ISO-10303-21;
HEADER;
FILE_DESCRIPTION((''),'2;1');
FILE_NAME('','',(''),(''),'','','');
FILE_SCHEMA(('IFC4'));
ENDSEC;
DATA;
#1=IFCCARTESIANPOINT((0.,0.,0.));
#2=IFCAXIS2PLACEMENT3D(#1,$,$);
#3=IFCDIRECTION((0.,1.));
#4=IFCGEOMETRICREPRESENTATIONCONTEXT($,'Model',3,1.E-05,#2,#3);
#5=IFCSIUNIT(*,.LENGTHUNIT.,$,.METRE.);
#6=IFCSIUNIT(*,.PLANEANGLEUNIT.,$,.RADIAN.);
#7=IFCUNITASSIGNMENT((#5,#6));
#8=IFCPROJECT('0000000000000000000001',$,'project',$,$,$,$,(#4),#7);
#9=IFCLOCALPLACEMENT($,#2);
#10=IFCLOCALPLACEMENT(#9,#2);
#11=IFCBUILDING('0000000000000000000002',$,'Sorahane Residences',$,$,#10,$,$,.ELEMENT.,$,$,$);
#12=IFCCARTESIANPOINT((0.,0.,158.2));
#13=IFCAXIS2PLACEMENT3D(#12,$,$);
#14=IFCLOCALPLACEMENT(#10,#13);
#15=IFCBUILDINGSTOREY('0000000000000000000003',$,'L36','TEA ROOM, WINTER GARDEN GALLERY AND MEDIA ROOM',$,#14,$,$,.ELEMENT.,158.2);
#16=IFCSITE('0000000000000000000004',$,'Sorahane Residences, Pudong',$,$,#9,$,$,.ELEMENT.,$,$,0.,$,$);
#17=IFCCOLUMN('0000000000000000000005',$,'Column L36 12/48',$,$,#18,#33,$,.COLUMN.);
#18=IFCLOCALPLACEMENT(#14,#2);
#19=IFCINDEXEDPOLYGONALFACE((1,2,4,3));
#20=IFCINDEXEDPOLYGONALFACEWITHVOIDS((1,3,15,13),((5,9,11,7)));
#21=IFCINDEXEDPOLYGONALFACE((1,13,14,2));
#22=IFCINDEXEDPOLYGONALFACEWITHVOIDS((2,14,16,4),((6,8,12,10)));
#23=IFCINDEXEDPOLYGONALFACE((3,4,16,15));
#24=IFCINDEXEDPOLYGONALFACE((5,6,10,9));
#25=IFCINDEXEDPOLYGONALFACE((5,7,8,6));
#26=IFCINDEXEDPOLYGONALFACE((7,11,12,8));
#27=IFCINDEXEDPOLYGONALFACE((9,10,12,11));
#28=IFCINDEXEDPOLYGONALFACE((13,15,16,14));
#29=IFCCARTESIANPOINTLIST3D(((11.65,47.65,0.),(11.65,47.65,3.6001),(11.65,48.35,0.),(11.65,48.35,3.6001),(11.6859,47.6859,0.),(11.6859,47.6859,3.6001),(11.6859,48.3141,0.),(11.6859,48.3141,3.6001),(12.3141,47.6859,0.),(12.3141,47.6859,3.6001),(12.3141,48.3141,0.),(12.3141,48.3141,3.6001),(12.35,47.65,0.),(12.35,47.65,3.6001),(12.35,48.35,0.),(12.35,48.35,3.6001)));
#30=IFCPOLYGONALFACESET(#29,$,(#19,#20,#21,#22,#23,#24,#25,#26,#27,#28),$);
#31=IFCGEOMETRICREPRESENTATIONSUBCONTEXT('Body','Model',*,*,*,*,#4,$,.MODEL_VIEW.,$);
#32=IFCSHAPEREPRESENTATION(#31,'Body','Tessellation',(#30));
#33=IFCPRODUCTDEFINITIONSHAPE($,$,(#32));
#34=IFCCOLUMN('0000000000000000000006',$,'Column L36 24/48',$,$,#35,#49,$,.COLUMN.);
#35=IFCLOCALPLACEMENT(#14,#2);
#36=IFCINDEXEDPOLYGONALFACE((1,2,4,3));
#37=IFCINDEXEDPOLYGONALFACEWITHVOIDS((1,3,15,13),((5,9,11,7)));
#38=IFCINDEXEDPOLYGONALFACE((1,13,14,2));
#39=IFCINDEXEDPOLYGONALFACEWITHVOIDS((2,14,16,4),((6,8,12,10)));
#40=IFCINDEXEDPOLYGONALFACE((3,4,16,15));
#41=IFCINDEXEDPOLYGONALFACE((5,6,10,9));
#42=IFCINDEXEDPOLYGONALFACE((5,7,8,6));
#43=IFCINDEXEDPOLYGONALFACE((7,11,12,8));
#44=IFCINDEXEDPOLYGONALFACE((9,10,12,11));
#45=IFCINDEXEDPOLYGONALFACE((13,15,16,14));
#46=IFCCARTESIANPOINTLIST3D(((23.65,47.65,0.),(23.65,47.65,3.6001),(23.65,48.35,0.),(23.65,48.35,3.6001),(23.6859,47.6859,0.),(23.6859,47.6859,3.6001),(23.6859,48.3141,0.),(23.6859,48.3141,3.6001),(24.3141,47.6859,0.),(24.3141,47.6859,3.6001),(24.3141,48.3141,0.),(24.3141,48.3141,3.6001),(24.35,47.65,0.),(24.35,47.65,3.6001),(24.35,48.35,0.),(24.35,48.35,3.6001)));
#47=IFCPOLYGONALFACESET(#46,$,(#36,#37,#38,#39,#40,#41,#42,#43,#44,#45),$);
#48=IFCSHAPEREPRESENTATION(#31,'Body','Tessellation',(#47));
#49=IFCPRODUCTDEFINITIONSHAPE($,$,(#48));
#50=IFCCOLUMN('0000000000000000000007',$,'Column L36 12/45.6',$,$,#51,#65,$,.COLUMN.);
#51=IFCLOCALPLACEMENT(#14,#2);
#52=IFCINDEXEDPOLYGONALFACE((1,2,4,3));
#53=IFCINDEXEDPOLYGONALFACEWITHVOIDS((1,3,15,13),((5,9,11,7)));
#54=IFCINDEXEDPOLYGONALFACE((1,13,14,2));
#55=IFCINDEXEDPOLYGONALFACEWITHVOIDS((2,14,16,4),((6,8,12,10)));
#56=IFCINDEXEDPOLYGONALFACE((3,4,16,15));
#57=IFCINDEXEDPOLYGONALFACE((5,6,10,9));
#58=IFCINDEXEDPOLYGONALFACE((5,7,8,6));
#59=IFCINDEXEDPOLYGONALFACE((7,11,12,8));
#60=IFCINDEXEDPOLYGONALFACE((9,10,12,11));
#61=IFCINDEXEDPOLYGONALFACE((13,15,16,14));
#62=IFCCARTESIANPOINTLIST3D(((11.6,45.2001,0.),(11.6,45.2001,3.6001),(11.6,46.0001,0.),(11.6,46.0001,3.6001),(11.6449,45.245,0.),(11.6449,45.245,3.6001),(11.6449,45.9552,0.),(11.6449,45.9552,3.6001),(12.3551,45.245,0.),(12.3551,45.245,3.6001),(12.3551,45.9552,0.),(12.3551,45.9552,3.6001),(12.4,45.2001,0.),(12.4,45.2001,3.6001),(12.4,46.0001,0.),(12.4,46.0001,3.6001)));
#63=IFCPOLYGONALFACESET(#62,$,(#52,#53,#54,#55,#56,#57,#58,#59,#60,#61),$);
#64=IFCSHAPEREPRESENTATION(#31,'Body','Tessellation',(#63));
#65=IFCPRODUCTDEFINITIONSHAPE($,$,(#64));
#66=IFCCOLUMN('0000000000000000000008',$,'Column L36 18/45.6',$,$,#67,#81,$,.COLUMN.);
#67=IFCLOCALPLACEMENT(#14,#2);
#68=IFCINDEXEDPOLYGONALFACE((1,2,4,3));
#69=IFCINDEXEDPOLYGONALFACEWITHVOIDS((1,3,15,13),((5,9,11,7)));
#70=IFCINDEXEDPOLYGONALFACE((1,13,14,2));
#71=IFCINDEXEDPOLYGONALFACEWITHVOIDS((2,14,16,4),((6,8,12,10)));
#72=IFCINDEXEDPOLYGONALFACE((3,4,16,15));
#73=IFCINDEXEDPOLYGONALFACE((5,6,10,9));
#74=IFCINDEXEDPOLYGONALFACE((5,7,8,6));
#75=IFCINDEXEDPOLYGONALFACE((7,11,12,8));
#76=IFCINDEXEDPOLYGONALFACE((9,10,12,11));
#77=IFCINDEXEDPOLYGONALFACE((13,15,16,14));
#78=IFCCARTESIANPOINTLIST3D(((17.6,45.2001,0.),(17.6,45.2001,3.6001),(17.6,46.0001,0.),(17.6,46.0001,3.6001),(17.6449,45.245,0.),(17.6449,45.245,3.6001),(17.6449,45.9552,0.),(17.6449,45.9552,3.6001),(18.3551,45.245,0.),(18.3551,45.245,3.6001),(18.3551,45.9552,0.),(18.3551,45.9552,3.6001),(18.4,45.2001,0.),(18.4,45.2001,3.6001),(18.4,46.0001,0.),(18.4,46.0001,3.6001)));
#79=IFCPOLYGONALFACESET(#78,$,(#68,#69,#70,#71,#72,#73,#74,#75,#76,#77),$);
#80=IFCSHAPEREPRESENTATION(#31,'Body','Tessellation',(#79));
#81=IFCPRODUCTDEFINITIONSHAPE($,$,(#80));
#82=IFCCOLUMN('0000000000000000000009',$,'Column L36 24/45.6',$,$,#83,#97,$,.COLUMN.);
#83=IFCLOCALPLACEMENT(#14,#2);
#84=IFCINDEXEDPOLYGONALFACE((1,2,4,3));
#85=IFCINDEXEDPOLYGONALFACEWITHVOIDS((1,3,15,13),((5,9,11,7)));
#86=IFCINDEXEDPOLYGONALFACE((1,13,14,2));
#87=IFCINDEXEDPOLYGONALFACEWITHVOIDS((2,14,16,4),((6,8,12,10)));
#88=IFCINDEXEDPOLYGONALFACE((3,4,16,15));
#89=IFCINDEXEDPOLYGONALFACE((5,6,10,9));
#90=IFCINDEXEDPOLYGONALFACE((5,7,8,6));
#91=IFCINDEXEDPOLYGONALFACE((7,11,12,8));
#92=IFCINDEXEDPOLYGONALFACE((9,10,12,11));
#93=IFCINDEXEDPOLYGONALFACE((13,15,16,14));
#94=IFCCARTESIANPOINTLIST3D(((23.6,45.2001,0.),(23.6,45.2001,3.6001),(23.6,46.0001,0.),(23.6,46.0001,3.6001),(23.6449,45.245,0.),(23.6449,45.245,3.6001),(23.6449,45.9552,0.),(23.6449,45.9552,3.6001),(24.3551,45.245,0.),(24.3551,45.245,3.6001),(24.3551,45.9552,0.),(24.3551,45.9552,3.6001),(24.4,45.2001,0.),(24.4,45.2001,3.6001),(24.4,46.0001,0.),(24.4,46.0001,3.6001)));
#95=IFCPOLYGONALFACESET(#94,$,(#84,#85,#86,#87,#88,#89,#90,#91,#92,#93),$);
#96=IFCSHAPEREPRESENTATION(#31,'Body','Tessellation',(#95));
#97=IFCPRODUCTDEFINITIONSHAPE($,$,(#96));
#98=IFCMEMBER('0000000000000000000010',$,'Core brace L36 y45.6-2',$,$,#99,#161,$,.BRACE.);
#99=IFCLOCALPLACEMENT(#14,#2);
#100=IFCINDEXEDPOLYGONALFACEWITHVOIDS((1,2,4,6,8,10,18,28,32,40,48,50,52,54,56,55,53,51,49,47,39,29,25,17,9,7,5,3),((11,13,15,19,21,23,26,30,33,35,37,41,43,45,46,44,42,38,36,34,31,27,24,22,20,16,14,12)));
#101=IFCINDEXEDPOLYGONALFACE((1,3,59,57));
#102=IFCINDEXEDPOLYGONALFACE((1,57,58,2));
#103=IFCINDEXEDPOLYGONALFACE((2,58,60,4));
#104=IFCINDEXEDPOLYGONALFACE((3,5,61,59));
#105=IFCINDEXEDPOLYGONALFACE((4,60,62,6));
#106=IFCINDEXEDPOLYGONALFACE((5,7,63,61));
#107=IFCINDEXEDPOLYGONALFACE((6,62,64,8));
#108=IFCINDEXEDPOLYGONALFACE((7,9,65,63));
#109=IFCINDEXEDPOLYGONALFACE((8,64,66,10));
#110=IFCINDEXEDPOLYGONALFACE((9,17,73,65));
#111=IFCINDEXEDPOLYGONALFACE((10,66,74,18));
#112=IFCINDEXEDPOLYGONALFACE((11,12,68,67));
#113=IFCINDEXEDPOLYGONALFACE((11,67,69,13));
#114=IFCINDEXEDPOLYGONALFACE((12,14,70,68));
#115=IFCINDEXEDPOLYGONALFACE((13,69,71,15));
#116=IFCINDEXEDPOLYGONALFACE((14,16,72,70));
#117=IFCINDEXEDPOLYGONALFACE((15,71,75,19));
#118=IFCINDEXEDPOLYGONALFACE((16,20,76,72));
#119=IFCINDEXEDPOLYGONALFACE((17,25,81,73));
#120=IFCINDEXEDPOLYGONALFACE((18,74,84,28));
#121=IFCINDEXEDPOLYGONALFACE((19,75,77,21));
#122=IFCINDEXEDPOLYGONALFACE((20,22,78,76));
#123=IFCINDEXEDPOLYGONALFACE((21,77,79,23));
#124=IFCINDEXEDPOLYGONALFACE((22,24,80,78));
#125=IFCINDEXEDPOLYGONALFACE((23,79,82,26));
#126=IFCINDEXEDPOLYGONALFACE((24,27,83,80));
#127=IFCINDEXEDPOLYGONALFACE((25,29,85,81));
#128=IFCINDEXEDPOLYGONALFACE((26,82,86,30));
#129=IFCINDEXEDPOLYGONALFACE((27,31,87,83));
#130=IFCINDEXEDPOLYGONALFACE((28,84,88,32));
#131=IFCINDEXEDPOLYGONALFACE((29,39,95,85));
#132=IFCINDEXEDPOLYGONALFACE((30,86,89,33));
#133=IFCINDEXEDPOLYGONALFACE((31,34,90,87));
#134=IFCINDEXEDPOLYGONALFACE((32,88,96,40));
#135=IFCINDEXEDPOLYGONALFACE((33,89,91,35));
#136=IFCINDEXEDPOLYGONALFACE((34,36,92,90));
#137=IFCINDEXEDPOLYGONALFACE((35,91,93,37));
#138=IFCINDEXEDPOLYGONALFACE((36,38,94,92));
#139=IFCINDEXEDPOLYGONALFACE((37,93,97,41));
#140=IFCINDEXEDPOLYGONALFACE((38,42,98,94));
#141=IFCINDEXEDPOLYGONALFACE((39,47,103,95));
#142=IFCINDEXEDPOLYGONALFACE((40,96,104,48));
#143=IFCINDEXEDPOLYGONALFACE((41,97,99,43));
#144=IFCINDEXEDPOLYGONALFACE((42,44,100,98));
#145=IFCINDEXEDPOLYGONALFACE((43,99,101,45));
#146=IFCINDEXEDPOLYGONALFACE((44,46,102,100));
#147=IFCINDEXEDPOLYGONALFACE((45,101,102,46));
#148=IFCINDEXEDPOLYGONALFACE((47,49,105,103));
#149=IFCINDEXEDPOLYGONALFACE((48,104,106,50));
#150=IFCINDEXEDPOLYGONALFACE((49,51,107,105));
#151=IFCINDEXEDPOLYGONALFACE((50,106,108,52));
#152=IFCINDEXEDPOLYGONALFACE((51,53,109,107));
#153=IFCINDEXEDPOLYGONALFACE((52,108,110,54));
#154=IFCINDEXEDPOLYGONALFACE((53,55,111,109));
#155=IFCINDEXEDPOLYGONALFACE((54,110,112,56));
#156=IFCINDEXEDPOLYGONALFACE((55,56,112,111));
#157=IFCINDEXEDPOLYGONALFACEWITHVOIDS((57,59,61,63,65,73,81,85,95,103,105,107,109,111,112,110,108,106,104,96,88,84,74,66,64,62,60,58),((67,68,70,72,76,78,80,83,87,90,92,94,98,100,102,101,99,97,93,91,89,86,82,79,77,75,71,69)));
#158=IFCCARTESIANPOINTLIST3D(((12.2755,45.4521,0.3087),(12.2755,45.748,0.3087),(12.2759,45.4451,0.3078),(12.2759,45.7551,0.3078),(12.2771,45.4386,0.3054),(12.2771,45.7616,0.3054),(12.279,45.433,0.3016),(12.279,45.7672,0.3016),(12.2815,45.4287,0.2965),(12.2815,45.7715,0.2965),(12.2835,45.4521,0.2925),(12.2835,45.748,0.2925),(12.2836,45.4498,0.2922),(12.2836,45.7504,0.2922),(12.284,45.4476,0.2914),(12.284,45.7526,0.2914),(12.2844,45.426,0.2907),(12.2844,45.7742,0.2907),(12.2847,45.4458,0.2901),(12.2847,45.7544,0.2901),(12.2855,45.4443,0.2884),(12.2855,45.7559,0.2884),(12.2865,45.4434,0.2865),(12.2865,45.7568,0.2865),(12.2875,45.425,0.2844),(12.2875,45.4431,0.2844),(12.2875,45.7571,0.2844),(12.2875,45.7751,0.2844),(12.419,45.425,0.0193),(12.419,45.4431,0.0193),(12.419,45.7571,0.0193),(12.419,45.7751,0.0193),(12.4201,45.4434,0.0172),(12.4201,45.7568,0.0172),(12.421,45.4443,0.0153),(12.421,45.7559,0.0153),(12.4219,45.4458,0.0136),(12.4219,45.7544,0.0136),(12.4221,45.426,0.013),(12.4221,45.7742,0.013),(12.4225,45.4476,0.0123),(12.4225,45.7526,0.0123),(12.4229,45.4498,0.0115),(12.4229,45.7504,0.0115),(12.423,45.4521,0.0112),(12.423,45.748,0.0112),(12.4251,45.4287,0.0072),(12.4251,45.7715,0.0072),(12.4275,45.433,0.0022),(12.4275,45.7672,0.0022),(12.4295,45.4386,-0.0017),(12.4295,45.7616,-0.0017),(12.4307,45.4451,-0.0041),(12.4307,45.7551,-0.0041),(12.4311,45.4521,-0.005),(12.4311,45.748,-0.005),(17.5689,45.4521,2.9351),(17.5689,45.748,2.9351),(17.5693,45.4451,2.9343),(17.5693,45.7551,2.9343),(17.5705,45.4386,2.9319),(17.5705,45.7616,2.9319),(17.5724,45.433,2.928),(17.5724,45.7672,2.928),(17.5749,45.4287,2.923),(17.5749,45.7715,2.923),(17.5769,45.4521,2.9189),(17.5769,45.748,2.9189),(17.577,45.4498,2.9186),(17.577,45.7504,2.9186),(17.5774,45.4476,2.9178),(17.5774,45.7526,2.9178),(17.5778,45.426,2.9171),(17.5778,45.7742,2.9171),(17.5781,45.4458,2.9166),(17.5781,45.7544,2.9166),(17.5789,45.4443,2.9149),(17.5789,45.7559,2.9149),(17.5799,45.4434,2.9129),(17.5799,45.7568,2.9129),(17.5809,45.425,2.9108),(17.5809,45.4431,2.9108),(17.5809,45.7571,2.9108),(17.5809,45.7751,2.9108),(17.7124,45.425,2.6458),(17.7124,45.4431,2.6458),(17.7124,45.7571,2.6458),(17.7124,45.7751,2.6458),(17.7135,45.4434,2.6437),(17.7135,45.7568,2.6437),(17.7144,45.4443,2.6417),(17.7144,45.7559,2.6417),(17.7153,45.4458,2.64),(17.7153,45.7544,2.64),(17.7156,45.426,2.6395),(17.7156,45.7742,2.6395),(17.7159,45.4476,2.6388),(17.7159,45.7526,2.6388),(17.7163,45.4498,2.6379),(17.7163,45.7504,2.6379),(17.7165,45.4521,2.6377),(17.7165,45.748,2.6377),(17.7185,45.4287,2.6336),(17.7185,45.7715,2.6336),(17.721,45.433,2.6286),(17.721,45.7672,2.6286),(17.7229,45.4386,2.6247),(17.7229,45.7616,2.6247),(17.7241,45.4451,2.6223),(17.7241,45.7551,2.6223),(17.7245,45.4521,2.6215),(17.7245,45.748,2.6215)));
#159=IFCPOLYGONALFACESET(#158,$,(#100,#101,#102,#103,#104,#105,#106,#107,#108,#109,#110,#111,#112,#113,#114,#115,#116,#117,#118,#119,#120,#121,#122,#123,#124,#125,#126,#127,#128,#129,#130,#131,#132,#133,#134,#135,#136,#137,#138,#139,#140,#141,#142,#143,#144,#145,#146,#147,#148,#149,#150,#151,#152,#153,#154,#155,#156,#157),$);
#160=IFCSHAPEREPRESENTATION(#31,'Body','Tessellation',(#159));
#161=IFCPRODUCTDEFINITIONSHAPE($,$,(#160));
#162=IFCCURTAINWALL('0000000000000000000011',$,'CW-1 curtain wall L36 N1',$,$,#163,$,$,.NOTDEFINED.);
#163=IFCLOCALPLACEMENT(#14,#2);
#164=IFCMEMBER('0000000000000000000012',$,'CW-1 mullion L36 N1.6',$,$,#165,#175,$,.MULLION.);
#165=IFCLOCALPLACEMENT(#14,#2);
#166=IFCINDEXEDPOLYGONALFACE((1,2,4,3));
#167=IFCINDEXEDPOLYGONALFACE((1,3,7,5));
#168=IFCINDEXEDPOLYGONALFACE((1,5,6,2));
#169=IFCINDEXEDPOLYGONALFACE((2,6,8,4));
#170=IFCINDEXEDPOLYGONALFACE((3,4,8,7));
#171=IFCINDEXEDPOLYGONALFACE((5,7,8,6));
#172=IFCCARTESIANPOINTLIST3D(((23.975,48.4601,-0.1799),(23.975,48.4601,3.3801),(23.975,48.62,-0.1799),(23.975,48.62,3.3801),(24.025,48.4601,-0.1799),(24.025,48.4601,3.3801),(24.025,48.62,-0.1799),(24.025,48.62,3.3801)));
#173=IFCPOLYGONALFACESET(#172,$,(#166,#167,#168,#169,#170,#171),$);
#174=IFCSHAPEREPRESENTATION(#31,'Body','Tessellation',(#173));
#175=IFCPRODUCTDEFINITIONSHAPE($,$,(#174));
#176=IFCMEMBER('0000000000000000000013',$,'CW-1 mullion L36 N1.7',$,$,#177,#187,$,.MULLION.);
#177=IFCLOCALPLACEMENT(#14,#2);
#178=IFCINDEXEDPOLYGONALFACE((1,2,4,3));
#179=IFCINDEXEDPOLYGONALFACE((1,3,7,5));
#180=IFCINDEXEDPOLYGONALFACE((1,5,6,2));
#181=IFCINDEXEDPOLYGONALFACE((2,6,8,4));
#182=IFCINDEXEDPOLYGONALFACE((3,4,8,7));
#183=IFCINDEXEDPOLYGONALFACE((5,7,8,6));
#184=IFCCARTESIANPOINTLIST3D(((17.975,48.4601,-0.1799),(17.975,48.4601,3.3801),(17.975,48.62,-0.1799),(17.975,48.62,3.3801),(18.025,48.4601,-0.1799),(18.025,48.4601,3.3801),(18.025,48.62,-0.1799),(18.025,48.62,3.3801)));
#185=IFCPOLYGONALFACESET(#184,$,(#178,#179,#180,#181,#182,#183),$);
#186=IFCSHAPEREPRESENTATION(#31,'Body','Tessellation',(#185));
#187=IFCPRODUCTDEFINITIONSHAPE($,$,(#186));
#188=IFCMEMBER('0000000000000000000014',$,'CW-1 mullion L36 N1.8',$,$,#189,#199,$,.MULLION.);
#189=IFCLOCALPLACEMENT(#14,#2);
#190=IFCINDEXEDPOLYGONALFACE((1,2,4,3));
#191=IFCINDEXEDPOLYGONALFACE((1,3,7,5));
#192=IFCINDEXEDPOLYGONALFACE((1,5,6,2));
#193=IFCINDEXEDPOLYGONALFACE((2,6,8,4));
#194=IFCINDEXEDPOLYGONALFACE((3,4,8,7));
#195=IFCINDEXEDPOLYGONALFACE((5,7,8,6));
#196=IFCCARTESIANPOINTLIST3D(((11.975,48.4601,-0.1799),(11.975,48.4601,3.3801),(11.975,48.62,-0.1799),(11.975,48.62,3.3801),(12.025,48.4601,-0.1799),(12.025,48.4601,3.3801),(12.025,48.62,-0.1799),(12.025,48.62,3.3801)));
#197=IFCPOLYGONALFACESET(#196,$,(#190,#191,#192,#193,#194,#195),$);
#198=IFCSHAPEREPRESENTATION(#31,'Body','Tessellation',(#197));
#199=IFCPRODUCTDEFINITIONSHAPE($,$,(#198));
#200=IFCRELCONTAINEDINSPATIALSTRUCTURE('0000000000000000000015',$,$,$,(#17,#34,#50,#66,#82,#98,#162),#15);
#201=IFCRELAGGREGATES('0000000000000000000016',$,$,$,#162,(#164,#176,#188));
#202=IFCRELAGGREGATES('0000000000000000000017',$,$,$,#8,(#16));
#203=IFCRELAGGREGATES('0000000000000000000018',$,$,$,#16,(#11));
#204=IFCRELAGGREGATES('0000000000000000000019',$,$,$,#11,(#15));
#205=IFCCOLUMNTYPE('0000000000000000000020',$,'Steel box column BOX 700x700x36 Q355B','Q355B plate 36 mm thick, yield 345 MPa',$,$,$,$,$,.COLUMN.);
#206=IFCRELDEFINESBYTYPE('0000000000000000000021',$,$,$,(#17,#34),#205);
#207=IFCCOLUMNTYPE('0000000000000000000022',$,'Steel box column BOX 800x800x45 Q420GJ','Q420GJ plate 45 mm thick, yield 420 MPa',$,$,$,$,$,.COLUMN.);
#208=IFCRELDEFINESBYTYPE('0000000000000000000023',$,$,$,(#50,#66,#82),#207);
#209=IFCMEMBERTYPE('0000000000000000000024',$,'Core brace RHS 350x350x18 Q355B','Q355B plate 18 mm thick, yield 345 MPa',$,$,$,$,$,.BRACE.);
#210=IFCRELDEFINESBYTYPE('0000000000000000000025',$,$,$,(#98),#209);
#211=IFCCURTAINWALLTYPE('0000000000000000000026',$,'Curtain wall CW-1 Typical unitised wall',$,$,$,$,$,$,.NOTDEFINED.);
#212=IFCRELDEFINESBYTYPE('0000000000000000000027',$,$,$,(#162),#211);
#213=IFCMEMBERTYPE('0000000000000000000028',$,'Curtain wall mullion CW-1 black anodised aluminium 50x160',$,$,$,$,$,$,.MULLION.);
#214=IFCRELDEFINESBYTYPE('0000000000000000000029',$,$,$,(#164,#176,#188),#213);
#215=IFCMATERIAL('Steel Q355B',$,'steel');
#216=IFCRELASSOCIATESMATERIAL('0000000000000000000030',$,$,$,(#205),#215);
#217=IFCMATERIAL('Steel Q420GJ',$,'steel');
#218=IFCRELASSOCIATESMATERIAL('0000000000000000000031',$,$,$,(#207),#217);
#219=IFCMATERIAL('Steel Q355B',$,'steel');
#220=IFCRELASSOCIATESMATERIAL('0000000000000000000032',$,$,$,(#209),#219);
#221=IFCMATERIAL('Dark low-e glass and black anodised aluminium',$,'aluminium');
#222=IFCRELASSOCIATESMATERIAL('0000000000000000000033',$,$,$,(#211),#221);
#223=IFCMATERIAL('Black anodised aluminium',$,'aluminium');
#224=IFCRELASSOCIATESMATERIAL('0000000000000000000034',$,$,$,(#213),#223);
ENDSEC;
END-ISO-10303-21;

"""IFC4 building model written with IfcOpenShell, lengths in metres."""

from ifc_helpers import new_model, si_unit, direction, frame, origin, origin_2d, place, context, subcontext, project, spatial, rectangle, hollow_rectangle, extrude, material, material_profile, profile_set, type_object, element, aggregate, save


model = new_model("IFC4")

# Units and contexts
model_context = context("Model", 3, precision=1e-05, world=origin(), true_north=direction((0.0, 1.0)))
body_context = subcontext(model_context, "Body", "Model", "MODEL_VIEW")
ifc_project = project(units=[si_unit("LENGTHUNIT", "METRE"), si_unit("PLANEANGLEUNIT", "RADIAN")], contexts=[model_context])

# Site, building, storey
site_placement = place(None, origin())
site = spatial("IfcSite", under=ifc_project, at=site_placement, Name="Sorahane Residences, Pudong", CompositionType="ELEMENT", RefElevation=0.0)
building_placement = place(site_placement, origin())
building = spatial("IfcBuilding", under=site, at=building_placement, Name="Sorahane Residences", CompositionType="ELEMENT")
storey_placement = place(building_placement, frame((0.0, 0.0, 158.2)))
storey = spatial("IfcBuildingStorey", under=building, at=storey_placement, Name="L36", Description="TEA ROOM, WINTER GARDEN GALLERY AND MEDIA ROOM", CompositionType="ELEMENT", Elevation=158.2)

# Columns
ifc_material_1 = material(Name="Steel Q355B", Category="steel")
ifc_material_profile_1 = material_profile(ifc_material_1, hollow_rectangle(XDim=0.7, YDim=0.7, WallThickness=0.0359, at=origin_2d()), Name="BOX 700x700x36")
ifc_profile_set_1 = profile_set([ifc_material_profile_1], Name="Steel Q355B")
column_type_1 = type_object("IfcColumnType", Name="Steel box column BOX 700x700x36 Q355B", Description="Q355B plate 36 mm thick, yield 345 MPa", PredefinedType="COLUMN", material=ifc_profile_set_1)
for number, where, z_axis, x_axis, name in (
    (1, (12.0, 48.0, 0.0), (0.0, 0.0, 1.0), (1.0, 0.0, 0.0), "Column L36 12/48"),
    (2, (24.0, 48.0, 0.0), (0.0, 0.0, 1.0), (1.0, 0.0, 0.0), "Column L36 24/48"),
):
    element("IfcColumn", number, at=place(storey_placement, frame(where, z_axis=z_axis, x_axis=x_axis)), inside=storey, type_object=column_type_1, Name=name, PredefinedType="COLUMN", context=body_context, shape_type="SweptSolid", body=[
        extrude(hollow_rectangle(XDim=0.7, YDim=0.7, WallThickness=0.0359, at=origin_2d()), origin(), (0.0, 0.0, 1.0), 3.6001),
    ])
ifc_material_2 = material(Name="Steel Q420GJ", Category="steel")
ifc_material_profile_2 = material_profile(ifc_material_2, hollow_rectangle(XDim=0.8, YDim=0.8, WallThickness=0.0449, at=origin_2d()), Name="BOX 800x800x45")
ifc_profile_set_2 = profile_set([ifc_material_profile_2], Name="Steel Q420GJ")
column_type_2 = type_object("IfcColumnType", Name="Steel box column BOX 800x800x45 Q420GJ", Description="Q420GJ plate 45 mm thick, yield 420 MPa", PredefinedType="COLUMN", material=ifc_profile_set_2)
for number, where, z_axis, x_axis, name in (
    (3, (12.0, 45.6001, 0.0), (0.0, 0.0, 1.0), (1.0, 0.0, 0.0), "Column L36 12/45.6"),
    (4, (18.0, 45.6001, 0.0), (0.0, 0.0, 1.0), (1.0, 0.0, 0.0), "Column L36 18/45.6"),
    (5, (24.0, 45.6001, 0.0), (0.0, 0.0, 1.0), (1.0, 0.0, 0.0), "Column L36 24/45.6"),
):
    element("IfcColumn", number, at=place(storey_placement, frame(where, z_axis=z_axis, x_axis=x_axis)), inside=storey, type_object=column_type_2, Name=name, PredefinedType="COLUMN", context=body_context, shape_type="SweptSolid", body=[
        extrude(hollow_rectangle(XDim=0.8, YDim=0.8, WallThickness=0.0449, at=origin_2d()), origin(), (0.0, 0.0, 1.0), 3.6001),
    ])

# Member
ifc_material_3 = material(Name="Steel Q355B", Category="steel")
ifc_material_profile_3 = material_profile(ifc_material_3, hollow_rectangle(XDim=0.3501, YDim=0.3501, WallThickness=0.0181, InnerFilletRadius=0.009, OuterFilletRadius=0.0271, at=origin_2d()), Name="RHS 350x350x18")
ifc_profile_set_3 = profile_set([ifc_material_profile_3], Name="Steel Q355B")
member_type_1 = type_object("IfcMemberType", Name="Core brace RHS 350x350x18 Q355B", Description="Q355B plate 18 mm thick, yield 345 MPa", PredefinedType="BRACE", material=ifc_profile_set_3)
member_1_placement = place(storey_placement, frame((12.3533, 45.6001, 0.1519), z_axis=(0.895795, 0.0, 0.444468), x_axis=(0.0, 1.0, 0.0)))
element("IfcMember", 6, at=member_1_placement, inside=storey, type_object=member_type_1, Name="Core brace L36 y45.6-2", PredefinedType="BRACE", context=body_context, shape_type="SweptSolid", body=[
    extrude(hollow_rectangle(XDim=0.3501, YDim=0.3501, WallThickness=0.0181, InnerFilletRadius=0.009, OuterFilletRadius=0.0271, at=origin_2d()), origin(), (0.0, 0.0, 1.0), 5.9092),
])

# Curtain wall, members
ifc_material_4 = material(Name="Dark low-e glass and black anodised aluminium", Category="aluminium")
curtain_wall_type = type_object("IfcCurtainWallType", Name="Curtain wall CW-1 Typical unitised wall", PredefinedType="NOTDEFINED", material=ifc_material_4)
curtain_wall_placement = place(storey_placement, origin())
curtain_wall = element("IfcCurtainWall", 7, at=curtain_wall_placement, inside=storey, type_object=curtain_wall_type, Name="CW-1 curtain wall L36 N1", PredefinedType="NOTDEFINED")
ifc_material_5 = material(Name="Black anodised aluminium", Category="aluminium")
ifc_material_profile_4 = material_profile(ifc_material_5, rectangle(XDim=0.1599, YDim=0.05, at=origin_2d()), Name="Curtain wall mullion CW-1 black anodised aluminium 50x160")
ifc_profile_set_4 = profile_set([ifc_material_profile_4], Name="Black anodised aluminium")
member_type_2 = type_object("IfcMemberType", Name="Curtain wall mullion CW-1 black anodised aluminium 50x160", PredefinedType="MULLION", material=ifc_profile_set_4)
member_2_placement = place(storey_placement, frame((24.0, 48.54, -0.1799), z_axis=(0.0, 0.0, 1.0), x_axis=(0.0, 1.0, 0.0)))
member_2 = element("IfcMember", 8, at=member_2_placement, type_object=member_type_2, Name="CW-1 mullion L36 N1.6", PredefinedType="MULLION", context=body_context, shape_type="SweptSolid", body=[
    extrude(rectangle(XDim=0.1599, YDim=0.05, at=origin_2d()), origin(), (0.0, 0.0, 1.0), 3.5601),
])
member_3_placement = place(storey_placement, frame((18.0, 48.54, -0.1799), z_axis=(0.0, 0.0, 1.0), x_axis=(0.0, 1.0, 0.0)))
member_3 = element("IfcMember", 9, at=member_3_placement, type_object=member_type_2, Name="CW-1 mullion L36 N1.7", PredefinedType="MULLION", context=body_context, shape_type="SweptSolid", body=[
    extrude(rectangle(XDim=0.1599, YDim=0.05, at=origin_2d()), origin(), (0.0, 0.0, 1.0), 3.5601),
])
member_4_placement = place(storey_placement, frame((12.0, 48.54, -0.1799), z_axis=(0.0, 0.0, 1.0), x_axis=(0.0, 1.0, 0.0)))
member_4 = element("IfcMember", 10, at=member_4_placement, type_object=member_type_2, Name="CW-1 mullion L36 N1.8", PredefinedType="MULLION", context=body_context, shape_type="SweptSolid", body=[
    extrude(rectangle(XDim=0.1599, YDim=0.05, at=origin_2d()), origin(), (0.0, 0.0, 1.0), 3.5601),
])

aggregate(curtain_wall, [member_2, member_3, member_4])

save(model, "model.ifc")
